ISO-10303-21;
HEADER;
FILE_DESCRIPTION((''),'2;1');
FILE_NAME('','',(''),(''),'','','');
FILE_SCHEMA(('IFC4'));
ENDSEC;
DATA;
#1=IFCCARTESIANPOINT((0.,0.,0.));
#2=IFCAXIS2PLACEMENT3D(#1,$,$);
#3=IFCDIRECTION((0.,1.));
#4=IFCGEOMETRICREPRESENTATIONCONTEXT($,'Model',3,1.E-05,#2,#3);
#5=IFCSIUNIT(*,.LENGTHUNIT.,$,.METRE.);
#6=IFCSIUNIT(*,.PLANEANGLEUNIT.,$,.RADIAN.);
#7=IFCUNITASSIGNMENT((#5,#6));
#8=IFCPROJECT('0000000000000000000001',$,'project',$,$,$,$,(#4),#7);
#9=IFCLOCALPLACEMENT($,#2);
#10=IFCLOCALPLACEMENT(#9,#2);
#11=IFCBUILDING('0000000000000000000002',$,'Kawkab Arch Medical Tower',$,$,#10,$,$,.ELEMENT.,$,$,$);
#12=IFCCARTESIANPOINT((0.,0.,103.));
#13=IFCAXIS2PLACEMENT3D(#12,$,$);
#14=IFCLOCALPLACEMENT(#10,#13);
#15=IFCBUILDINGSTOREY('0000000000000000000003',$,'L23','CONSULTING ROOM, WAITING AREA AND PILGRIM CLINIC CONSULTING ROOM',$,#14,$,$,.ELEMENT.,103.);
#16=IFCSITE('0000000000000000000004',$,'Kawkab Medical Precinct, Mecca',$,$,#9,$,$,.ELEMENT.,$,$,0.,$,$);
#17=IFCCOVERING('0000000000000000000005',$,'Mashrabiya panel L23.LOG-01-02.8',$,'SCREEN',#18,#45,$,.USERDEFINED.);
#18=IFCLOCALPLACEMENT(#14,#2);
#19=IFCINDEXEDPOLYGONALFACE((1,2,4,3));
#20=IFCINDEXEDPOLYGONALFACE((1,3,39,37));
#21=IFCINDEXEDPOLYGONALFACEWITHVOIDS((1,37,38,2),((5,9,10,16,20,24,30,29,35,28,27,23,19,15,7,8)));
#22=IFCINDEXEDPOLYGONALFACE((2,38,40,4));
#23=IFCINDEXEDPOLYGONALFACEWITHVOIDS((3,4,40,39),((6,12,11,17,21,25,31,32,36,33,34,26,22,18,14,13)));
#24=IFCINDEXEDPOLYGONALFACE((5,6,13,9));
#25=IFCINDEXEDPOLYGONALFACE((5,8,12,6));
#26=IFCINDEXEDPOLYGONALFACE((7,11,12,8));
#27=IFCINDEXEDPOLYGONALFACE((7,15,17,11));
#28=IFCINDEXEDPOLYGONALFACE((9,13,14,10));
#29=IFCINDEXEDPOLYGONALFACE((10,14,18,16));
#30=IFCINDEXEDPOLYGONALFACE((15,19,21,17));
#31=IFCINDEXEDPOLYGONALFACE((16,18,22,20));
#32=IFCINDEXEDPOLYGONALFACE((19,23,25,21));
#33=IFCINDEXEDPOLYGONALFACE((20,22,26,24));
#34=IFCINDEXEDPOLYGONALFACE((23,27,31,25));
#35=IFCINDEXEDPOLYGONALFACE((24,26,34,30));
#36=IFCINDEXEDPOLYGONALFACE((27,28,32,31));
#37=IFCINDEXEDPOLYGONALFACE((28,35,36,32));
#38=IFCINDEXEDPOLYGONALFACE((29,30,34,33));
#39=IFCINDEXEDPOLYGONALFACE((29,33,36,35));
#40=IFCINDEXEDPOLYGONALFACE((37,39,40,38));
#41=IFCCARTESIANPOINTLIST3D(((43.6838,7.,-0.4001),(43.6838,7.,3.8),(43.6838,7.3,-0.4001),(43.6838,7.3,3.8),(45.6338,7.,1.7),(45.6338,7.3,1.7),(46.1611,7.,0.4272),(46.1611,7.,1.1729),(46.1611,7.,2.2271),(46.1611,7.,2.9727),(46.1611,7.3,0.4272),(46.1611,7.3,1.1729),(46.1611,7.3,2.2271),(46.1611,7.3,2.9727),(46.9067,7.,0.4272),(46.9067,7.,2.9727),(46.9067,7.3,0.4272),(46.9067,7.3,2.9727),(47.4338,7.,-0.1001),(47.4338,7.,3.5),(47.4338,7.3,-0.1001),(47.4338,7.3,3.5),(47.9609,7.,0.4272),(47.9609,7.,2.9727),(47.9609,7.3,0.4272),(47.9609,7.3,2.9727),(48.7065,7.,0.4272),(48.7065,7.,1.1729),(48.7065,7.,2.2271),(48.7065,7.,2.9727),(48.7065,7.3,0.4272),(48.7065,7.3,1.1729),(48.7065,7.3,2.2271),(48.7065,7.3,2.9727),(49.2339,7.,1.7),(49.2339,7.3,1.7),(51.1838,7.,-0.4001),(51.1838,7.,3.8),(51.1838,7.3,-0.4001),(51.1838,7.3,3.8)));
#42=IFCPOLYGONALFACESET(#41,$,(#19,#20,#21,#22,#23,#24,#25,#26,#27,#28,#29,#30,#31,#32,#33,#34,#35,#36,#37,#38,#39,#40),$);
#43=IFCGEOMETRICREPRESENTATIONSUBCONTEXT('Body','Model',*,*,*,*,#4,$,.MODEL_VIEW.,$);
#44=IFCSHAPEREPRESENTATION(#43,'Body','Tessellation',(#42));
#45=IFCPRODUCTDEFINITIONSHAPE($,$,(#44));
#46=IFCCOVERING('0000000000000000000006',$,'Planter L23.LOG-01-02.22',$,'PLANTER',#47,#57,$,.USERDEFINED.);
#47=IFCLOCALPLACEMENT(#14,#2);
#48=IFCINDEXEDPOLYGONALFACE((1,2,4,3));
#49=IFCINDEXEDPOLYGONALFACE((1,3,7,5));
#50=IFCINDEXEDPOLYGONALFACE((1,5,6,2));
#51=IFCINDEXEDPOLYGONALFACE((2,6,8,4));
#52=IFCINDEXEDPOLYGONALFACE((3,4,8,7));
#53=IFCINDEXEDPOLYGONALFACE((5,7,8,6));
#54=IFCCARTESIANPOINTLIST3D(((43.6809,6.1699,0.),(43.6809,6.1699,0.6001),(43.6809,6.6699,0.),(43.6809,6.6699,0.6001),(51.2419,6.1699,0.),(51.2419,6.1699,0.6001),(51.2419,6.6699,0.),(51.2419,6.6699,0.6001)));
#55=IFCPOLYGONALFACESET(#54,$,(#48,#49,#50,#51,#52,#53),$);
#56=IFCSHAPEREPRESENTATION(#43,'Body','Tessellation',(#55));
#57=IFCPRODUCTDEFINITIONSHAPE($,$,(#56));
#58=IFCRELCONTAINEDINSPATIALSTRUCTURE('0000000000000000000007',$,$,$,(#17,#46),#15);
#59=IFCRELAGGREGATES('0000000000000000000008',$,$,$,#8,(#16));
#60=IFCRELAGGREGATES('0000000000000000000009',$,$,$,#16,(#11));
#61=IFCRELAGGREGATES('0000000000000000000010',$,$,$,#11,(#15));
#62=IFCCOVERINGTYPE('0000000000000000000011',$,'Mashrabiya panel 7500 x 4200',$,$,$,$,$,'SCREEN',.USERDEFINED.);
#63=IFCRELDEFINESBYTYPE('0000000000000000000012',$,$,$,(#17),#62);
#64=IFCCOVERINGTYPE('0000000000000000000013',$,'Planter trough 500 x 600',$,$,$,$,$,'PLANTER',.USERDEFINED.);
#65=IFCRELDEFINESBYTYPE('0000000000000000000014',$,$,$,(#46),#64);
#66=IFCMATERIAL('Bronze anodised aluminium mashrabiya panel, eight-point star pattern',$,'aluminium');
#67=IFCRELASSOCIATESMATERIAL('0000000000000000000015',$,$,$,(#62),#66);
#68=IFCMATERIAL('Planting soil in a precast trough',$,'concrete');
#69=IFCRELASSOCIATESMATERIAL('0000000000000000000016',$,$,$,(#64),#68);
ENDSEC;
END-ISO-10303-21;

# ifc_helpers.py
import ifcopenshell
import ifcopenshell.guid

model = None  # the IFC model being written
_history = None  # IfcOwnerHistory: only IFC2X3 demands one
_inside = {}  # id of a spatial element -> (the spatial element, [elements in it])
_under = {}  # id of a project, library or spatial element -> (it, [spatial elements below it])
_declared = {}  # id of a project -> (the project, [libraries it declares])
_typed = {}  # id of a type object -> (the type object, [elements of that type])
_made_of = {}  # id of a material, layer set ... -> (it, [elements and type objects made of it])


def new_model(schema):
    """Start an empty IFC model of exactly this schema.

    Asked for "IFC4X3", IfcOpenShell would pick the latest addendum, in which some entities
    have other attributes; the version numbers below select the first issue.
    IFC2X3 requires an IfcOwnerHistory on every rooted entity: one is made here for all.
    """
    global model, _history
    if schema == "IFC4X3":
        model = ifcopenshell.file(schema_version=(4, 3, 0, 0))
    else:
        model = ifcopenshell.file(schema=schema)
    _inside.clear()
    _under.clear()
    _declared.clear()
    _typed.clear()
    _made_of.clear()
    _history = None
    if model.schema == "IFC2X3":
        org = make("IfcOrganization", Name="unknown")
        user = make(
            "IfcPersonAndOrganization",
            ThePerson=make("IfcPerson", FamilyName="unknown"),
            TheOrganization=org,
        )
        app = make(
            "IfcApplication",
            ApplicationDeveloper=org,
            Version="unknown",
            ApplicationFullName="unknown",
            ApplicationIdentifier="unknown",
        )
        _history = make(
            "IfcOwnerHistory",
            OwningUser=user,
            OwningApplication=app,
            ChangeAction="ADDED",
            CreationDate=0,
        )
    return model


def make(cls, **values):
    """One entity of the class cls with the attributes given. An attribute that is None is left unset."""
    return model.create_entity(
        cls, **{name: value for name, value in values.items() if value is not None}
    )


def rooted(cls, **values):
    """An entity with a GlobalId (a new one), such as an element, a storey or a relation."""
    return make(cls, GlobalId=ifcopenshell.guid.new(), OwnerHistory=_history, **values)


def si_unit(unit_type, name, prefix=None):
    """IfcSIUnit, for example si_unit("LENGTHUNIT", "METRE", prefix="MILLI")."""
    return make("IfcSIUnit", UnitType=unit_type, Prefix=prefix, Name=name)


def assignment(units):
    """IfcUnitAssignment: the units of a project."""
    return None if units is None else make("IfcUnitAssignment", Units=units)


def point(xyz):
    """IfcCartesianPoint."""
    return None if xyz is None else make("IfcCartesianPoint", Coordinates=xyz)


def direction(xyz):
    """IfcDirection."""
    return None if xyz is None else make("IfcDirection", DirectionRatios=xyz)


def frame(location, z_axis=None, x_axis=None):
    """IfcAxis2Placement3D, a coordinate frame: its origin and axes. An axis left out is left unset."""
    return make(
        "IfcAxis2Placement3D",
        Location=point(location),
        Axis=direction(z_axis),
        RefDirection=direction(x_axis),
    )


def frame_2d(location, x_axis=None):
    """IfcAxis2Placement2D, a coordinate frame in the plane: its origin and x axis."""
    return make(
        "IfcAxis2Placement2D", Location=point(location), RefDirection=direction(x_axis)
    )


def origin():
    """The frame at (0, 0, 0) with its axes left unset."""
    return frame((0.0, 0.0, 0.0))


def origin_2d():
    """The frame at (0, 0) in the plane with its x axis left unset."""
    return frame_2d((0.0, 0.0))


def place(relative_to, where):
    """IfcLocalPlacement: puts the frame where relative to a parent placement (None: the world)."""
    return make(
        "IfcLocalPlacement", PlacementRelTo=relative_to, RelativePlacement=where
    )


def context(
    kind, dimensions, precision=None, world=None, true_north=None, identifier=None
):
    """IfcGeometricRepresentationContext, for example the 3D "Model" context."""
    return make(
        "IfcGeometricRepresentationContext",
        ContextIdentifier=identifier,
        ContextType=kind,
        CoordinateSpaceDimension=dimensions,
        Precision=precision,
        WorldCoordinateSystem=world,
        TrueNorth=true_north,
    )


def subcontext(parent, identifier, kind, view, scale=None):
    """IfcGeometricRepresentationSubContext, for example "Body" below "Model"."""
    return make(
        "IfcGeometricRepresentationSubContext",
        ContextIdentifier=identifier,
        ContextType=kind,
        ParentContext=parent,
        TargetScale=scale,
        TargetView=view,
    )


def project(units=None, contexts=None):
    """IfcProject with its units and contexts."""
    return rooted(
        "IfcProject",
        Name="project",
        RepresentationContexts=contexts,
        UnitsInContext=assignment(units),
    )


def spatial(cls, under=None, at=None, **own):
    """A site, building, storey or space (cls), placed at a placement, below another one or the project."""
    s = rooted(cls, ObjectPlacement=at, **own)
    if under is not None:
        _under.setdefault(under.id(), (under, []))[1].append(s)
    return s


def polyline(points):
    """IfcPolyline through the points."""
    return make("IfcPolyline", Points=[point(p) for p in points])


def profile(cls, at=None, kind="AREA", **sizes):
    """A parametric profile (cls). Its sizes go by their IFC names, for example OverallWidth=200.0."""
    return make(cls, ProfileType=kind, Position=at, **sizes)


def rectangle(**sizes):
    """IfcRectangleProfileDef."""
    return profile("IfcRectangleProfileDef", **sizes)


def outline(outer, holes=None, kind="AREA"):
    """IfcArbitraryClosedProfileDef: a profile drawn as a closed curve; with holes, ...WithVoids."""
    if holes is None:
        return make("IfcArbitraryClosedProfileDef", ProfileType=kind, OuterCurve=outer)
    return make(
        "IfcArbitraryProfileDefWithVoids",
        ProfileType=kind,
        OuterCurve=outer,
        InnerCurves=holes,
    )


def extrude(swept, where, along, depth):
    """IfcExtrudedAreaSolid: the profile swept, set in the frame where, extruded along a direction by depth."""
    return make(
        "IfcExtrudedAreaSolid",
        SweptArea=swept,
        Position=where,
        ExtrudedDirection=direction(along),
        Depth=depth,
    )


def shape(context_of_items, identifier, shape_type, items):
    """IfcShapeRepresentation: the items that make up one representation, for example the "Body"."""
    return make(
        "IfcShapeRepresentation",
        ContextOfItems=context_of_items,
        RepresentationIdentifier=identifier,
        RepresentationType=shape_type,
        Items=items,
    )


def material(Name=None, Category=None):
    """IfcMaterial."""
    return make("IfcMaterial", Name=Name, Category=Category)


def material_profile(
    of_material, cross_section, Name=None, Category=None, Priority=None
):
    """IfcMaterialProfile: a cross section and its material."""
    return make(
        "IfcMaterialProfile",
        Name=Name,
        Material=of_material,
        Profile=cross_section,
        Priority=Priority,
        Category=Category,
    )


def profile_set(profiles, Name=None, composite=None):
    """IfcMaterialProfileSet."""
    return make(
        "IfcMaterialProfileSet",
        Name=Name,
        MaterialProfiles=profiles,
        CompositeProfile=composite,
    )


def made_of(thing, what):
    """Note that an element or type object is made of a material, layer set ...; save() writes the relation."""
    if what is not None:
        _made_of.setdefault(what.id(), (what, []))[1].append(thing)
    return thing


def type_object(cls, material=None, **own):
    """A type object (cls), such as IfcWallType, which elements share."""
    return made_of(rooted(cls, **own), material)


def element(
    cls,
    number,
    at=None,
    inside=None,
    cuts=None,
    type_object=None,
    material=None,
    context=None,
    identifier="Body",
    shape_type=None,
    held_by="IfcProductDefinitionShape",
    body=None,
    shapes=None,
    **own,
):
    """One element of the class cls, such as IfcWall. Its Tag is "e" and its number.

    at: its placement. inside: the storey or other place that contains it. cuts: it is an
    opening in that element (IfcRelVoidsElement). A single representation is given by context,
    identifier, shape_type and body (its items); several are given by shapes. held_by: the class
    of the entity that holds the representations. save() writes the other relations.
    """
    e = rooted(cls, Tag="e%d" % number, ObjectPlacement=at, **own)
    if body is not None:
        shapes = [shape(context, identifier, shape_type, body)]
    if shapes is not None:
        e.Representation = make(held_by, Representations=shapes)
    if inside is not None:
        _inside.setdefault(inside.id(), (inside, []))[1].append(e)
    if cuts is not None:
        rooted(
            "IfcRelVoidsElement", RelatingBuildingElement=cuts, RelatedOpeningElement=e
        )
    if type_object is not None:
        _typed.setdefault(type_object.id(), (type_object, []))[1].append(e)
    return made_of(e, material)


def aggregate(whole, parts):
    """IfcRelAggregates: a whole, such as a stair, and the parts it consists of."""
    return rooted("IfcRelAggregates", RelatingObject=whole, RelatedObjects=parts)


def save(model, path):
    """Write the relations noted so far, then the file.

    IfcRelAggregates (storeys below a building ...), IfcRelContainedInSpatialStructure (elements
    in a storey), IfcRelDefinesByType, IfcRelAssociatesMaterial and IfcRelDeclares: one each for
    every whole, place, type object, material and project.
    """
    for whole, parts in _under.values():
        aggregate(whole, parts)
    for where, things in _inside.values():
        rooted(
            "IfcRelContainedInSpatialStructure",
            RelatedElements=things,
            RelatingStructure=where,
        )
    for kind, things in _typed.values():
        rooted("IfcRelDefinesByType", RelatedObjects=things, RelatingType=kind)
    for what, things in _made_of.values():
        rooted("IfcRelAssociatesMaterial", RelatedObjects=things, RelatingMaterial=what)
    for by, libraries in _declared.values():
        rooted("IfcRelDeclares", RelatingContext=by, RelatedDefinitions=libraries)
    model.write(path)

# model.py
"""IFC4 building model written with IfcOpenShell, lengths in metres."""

from ifc_helpers import new_model, si_unit, direction, frame, origin, origin_2d, place, context, subcontext, project, spatial, polyline, rectangle, outline, extrude, material, material_profile, profile_set, type_object, element, save


model = new_model("IFC4")

# Units and contexts
model_context = context("Model", 3, precision=1e-05, world=origin(), true_north=direction((0.0, 1.0)))
body_context = subcontext(model_context, "Body", "Model", "MODEL_VIEW")
ifc_project = project(units=[si_unit("LENGTHUNIT", "METRE"), si_unit("PLANEANGLEUNIT", "RADIAN")], contexts=[model_context])

# Site, building, storey
site_placement = place(None, origin())
site = spatial("IfcSite", under=ifc_project, at=site_placement, Name="Kawkab Medical Precinct, Mecca", CompositionType="ELEMENT", RefElevation=0.0)
building_placement = place(site_placement, origin())
building = spatial("IfcBuilding", under=site, at=building_placement, Name="Kawkab Arch Medical Tower", CompositionType="ELEMENT")
storey_placement = place(building_placement, frame((0.0, 0.0, 103.0)))
storey = spatial("IfcBuildingStorey", under=building, at=storey_placement, Name="L23", Description="CONSULTING ROOM, WAITING AREA AND PILGRIM CLINIC CONSULTING ROOM", CompositionType="ELEMENT", Elevation=103.0)

# Coverings
ifc_material_1 = material(Name="Bronze anodised aluminium mashrabiya panel, eight-point star pattern", Category="aluminium")
ifc_material_profile_1 = material_profile(ifc_material_1, outline(polyline([(-3.75, -2.1001), (3.75, -2.1001), (3.75, 2.1001), (-3.75, 2.1001), (-3.75, -2.1001)]), holes=[polyline([(1.8, 0.0), (1.2727, 0.5271), (1.2727, 1.2727), (0.5271, 1.2727), (0.0, 1.8), (-0.5271, 1.2727), (-1.2727, 1.2727), (-1.2727, 0.5271), (-1.8, 0.0), (-1.2727, -0.5271), (-1.2727, -1.2727), (-0.5271, -1.2727), (0.0, -1.8), (0.5271, -1.2727), (1.2727, -1.2727), (1.2727, -0.5271), (1.8, 0.0)])]), Name="Mashrabiya panel 7500x4200")
ifc_profile_set_1 = profile_set([ifc_material_profile_1], Name="Bronze anodised aluminium mashrabiya panel, eight-point star pattern")
covering_type_1 = type_object("IfcCoveringType", Name="Mashrabiya panel 7500 x 4200", ElementType="SCREEN", PredefinedType="USERDEFINED", material=ifc_profile_set_1)
covering_1_placement = place(storey_placement, frame((47.4338, 7.0, 1.7), z_axis=(0.0, 1.0, 0.0), x_axis=(-1.0, 0.0, 0.0)))
element("IfcCovering", 1, at=covering_1_placement, inside=storey, type_object=covering_type_1, Name="Mashrabiya panel L23.LOG-01-02.8", ObjectType="SCREEN", PredefinedType="USERDEFINED", context=body_context, shape_type="SweptSolid", body=[
    extrude(outline(polyline([(-3.75, -2.1001), (3.75, -2.1001), (3.75, 2.1001), (-3.75, 2.1001), (-3.75, -2.1001)]), holes=[polyline([(1.8, 0.0), (1.2727, 0.5271), (1.2727, 1.2727), (0.5271, 1.2727), (0.0, 1.8), (-0.5271, 1.2727), (-1.2727, 1.2727), (-1.2727, 0.5271), (-1.8, 0.0), (-1.2727, -0.5271), (-1.2727, -1.2727), (-0.5271, -1.2727), (0.0, -1.8), (0.5271, -1.2727), (1.2727, -1.2727), (1.2727, -0.5271), (1.8, 0.0)])]), origin(), (0.0, 0.0, 1.0), 0.3),
])
ifc_material_2 = material(Name="Planting soil in a precast trough", Category="concrete")
ifc_material_profile_2 = material_profile(ifc_material_2, rectangle(XDim=0.5, YDim=0.6001, at=origin_2d()), Name="Trough 500x600")
ifc_profile_set_2 = profile_set([ifc_material_profile_2], Name="Planting soil in a precast trough")
covering_type_2 = type_object("IfcCoveringType", Name="Planter trough 500 x 600", ElementType="PLANTER", PredefinedType="USERDEFINED", material=ifc_profile_set_2)
covering_2_placement = place(storey_placement, frame((43.6809, 6.4199, 0.3), z_axis=(1.0, 0.0, 0.0), x_axis=(0.0, 1.0, 0.0)))
element("IfcCovering", 2, at=covering_2_placement, inside=storey, type_object=covering_type_2, Name="Planter L23.LOG-01-02.22", ObjectType="PLANTER", PredefinedType="USERDEFINED", context=body_context, shape_type="SweptSolid", body=[
    extrude(rectangle(XDim=0.5, YDim=0.6001, at=origin_2d()), origin(), (0.0, 0.0, 1.0), 7.561),
])

save(model, "model.ifc")
